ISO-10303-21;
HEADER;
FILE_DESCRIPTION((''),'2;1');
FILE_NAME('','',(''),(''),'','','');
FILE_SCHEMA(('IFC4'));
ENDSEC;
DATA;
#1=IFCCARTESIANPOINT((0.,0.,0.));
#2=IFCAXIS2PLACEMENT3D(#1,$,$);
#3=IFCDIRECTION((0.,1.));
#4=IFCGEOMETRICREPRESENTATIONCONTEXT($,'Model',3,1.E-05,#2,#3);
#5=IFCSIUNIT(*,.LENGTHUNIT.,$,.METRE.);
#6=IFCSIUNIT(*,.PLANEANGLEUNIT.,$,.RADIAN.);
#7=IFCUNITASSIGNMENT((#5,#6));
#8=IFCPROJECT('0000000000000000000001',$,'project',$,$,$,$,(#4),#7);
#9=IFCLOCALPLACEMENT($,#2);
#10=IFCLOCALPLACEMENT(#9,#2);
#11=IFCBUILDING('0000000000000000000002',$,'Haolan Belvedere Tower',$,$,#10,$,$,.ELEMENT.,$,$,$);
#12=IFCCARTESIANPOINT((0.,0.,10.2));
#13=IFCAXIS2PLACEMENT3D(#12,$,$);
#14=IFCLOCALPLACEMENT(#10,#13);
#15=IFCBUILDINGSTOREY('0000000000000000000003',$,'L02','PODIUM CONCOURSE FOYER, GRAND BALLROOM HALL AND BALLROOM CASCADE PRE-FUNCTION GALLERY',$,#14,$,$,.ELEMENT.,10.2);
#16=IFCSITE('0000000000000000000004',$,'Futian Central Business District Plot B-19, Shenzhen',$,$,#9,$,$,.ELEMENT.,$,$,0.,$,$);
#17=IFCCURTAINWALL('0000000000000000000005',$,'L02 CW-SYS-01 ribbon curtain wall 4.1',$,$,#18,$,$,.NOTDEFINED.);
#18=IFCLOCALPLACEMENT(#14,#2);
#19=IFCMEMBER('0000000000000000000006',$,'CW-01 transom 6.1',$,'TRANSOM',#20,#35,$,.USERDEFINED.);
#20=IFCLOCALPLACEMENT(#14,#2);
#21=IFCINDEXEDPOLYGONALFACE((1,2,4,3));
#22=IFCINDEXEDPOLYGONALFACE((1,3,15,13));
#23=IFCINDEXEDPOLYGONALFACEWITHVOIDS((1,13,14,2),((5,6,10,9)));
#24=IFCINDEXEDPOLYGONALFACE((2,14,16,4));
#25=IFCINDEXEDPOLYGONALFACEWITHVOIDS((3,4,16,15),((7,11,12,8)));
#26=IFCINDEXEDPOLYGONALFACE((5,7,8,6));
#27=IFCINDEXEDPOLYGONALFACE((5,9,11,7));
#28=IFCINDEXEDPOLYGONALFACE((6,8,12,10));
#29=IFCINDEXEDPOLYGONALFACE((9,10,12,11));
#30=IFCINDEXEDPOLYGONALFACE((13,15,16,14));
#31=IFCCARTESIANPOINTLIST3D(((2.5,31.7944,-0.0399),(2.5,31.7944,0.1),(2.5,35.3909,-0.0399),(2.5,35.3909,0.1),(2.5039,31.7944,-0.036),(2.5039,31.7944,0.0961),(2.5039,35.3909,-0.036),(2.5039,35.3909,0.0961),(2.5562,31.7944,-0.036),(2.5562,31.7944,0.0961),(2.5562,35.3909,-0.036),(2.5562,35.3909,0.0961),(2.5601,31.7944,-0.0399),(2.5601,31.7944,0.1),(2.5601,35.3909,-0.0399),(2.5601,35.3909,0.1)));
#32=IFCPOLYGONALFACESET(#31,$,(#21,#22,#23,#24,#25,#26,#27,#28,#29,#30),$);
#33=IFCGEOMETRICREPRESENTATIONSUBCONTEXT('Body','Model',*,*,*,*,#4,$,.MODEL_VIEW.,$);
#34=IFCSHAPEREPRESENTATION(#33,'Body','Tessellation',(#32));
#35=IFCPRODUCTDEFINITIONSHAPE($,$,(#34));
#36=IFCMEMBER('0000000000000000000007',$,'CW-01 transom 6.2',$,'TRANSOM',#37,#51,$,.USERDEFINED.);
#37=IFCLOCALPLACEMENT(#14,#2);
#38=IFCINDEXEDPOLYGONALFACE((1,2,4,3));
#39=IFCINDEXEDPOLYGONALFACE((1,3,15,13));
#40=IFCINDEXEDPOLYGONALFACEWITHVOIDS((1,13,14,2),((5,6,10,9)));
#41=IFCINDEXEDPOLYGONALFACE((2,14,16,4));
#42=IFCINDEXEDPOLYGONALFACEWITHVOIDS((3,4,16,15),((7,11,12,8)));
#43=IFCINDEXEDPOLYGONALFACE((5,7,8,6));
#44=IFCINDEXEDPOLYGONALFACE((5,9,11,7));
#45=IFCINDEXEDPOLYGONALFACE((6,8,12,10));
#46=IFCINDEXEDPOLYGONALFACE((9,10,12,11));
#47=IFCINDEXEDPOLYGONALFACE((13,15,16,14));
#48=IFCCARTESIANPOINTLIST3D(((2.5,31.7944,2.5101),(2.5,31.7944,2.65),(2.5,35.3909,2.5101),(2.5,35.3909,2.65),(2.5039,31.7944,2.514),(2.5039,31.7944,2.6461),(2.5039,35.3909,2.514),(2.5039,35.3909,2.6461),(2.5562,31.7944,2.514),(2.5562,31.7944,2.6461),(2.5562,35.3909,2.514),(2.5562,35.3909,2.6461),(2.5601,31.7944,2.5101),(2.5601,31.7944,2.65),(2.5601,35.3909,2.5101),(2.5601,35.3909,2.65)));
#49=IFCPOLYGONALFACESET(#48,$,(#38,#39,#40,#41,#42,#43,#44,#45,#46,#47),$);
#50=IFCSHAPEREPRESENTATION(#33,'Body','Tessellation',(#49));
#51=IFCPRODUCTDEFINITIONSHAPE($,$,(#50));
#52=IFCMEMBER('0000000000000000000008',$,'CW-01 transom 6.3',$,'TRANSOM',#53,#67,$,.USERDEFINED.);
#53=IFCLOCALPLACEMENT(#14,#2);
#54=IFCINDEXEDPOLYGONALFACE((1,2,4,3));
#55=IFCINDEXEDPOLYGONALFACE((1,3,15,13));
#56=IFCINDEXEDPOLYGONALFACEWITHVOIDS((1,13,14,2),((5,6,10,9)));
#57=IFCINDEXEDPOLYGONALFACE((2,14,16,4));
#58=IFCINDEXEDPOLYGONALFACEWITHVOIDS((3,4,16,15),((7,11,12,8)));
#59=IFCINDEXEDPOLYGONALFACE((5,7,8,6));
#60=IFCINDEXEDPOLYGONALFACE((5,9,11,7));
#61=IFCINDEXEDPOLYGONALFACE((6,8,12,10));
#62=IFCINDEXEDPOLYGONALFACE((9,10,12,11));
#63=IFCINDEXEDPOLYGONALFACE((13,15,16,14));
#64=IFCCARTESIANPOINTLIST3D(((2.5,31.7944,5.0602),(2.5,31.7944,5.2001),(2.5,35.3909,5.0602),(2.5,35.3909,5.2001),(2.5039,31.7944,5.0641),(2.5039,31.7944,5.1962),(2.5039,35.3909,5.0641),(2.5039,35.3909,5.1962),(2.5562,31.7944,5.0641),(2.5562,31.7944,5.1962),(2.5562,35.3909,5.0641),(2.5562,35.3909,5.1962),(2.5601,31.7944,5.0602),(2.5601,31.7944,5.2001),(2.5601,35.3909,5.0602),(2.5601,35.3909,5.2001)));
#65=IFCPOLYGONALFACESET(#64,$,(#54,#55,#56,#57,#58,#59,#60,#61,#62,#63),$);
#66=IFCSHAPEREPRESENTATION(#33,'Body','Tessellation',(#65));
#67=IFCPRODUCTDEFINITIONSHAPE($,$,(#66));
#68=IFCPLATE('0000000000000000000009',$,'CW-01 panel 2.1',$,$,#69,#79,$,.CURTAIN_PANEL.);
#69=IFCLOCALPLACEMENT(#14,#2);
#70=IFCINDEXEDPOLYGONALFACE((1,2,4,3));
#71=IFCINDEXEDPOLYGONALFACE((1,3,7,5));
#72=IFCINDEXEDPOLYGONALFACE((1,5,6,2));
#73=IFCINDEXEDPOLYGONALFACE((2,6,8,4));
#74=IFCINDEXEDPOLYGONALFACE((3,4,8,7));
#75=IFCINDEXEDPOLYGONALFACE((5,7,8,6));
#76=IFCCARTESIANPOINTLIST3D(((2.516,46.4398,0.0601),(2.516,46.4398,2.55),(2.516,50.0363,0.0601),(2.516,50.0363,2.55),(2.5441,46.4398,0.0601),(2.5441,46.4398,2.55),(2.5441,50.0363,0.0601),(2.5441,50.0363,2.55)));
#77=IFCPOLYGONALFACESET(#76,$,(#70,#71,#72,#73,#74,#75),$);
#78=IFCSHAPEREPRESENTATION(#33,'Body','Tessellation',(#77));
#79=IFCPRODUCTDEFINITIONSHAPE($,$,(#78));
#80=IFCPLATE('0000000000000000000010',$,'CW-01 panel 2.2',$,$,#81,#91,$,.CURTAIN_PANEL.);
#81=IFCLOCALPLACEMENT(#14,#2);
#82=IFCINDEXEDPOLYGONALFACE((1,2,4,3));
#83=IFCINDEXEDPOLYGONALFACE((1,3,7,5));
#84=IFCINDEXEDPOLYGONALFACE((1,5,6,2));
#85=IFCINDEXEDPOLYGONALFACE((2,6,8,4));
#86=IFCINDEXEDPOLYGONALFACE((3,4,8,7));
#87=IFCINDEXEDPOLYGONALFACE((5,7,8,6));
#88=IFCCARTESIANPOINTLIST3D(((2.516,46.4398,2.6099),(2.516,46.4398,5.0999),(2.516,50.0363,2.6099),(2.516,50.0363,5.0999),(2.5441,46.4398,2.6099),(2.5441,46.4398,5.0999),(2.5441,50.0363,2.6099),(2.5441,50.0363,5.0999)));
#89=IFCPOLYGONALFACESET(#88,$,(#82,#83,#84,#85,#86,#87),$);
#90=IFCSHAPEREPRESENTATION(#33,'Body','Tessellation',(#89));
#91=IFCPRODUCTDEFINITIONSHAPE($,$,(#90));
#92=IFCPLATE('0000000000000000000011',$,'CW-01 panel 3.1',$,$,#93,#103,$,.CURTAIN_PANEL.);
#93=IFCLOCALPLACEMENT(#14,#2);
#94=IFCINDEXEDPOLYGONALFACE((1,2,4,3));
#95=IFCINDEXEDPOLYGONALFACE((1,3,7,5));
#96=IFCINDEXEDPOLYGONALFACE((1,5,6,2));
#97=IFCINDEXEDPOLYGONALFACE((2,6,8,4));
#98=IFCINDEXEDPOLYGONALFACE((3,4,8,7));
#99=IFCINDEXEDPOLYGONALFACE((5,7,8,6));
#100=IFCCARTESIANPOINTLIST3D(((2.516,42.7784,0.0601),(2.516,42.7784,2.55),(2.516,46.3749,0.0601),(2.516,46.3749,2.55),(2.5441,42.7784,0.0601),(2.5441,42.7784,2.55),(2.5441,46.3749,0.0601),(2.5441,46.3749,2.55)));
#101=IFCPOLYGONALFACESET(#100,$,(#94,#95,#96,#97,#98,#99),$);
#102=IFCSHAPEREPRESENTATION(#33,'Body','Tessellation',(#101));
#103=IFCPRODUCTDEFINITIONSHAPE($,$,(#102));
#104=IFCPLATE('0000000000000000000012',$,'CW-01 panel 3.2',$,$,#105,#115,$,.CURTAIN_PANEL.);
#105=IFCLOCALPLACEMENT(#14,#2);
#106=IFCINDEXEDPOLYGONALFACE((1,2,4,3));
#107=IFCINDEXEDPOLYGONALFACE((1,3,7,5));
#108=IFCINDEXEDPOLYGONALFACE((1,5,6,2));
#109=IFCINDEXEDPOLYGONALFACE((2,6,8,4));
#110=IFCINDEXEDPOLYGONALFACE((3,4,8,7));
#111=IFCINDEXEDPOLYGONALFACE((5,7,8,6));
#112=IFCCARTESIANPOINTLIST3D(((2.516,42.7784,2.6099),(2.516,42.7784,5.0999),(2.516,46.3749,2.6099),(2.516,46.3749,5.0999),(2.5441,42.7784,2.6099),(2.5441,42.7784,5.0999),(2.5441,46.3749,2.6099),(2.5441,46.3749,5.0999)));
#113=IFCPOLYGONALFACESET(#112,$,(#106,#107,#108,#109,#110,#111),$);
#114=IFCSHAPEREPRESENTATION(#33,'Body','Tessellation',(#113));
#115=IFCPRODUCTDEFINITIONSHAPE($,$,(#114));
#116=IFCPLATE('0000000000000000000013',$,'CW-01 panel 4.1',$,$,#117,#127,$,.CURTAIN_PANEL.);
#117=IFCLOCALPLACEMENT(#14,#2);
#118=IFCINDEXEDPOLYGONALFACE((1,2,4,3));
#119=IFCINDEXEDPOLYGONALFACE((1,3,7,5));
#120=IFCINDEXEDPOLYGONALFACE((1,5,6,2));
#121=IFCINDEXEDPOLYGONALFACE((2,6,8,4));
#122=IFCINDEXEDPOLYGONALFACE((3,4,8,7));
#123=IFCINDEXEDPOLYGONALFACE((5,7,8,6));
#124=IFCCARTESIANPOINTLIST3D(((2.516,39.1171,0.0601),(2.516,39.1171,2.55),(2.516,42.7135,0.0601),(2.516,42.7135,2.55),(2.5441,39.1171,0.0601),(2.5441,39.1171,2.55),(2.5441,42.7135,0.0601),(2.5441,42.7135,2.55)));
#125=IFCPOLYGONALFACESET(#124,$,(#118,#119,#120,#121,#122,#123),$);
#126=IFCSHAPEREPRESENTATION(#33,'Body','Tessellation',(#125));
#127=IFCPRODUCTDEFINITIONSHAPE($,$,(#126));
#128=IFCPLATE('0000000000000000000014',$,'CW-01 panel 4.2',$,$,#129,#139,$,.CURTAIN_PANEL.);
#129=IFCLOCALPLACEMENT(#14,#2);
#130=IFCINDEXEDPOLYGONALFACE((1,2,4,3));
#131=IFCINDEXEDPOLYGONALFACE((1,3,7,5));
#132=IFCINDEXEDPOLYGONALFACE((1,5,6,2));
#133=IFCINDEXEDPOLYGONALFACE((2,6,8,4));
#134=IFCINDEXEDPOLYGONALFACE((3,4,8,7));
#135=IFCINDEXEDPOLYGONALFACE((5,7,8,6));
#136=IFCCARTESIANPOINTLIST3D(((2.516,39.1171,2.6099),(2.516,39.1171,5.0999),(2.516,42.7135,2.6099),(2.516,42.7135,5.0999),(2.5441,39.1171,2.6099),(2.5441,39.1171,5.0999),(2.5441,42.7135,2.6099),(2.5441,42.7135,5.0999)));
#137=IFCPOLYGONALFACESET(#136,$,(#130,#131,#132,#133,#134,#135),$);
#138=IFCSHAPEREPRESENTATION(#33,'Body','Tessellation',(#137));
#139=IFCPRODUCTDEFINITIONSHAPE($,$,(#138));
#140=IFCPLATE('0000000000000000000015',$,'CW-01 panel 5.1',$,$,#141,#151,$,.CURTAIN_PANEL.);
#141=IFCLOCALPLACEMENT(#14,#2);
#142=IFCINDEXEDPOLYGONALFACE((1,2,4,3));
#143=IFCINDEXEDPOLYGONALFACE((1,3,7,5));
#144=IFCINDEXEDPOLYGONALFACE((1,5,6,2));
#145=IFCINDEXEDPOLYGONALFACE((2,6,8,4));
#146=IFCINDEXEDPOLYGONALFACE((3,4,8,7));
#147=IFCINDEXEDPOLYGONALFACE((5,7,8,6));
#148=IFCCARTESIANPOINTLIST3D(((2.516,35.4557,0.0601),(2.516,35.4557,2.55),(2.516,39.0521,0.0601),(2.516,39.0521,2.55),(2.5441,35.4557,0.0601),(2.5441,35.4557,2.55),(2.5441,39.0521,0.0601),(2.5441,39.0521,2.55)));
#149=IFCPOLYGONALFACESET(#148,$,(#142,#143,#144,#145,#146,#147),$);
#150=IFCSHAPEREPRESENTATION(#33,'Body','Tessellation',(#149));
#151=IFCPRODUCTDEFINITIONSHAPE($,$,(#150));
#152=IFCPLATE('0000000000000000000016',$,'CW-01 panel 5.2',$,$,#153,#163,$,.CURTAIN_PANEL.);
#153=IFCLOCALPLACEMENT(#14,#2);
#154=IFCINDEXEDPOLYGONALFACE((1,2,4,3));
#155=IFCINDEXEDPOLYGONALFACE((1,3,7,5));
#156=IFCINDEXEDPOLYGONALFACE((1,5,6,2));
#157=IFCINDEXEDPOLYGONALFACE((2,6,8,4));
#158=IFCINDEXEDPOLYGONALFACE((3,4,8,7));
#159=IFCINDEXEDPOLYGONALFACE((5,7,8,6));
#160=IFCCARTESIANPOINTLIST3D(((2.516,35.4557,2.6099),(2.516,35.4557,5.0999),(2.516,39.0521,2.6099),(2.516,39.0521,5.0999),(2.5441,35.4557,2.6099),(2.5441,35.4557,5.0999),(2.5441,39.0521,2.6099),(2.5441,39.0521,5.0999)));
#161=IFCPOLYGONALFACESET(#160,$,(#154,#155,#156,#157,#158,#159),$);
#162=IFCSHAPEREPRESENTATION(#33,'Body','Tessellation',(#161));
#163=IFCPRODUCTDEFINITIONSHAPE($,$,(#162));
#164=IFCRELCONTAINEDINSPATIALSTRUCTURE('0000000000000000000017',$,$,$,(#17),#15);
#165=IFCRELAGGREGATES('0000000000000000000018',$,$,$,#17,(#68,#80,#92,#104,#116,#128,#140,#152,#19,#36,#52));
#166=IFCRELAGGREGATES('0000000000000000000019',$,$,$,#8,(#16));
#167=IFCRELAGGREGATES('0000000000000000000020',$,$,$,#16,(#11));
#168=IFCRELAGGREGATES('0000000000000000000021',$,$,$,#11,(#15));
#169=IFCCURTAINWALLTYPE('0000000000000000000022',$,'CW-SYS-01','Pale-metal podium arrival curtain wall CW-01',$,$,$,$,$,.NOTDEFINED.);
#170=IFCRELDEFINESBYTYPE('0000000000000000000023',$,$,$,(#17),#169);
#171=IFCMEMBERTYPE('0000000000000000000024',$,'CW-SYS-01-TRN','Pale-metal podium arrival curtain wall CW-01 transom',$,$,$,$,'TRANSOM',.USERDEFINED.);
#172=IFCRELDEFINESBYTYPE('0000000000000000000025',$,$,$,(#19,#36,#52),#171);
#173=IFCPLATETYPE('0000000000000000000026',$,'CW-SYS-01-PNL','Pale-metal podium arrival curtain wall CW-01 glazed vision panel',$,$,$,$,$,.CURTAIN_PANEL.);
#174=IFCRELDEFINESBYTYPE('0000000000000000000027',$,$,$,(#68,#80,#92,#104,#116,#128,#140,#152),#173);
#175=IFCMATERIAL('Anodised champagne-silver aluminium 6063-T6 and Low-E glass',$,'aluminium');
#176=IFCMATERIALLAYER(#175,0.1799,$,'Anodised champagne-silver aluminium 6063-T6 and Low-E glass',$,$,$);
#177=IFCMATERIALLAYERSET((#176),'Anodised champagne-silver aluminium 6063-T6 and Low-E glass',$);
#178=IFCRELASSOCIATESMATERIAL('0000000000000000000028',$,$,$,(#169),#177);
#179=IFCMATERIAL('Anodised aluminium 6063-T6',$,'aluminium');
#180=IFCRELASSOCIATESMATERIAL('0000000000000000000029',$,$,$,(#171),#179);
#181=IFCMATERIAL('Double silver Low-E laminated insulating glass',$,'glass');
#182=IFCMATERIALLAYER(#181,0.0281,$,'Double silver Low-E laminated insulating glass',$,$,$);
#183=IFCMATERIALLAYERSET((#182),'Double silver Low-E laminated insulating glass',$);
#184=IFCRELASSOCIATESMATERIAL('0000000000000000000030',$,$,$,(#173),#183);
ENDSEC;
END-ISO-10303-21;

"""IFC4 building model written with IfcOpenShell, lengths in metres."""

from ifc_helpers import new_model, si_unit, direction, frame, origin, origin_2d, place, context, subcontext, project, spatial, rectangle, hollow_rectangle, extrude, material, layer, layer_set, material_profile, profile_set, type_object, element, aggregate, save


model = new_model("IFC4")

# Units and contexts
model_context = context("Model", 3, precision=1e-05, world=origin(), true_north=direction((0.0, 1.0)))
body_context = subcontext(model_context, "Body", "Model", "MODEL_VIEW")
ifc_project = project(units=[si_unit("LENGTHUNIT", "METRE"), si_unit("PLANEANGLEUNIT", "RADIAN")], contexts=[model_context])

# Site, building, storey
site_placement = place(None, origin())
site = spatial("IfcSite", under=ifc_project, at=site_placement, Name="Futian Central Business District Plot B-19, Shenzhen", CompositionType="ELEMENT", RefElevation=0.0)
building_placement = place(site_placement, origin())
building = spatial("IfcBuilding", under=site, at=building_placement, Name="Haolan Belvedere Tower", CompositionType="ELEMENT")
storey_placement = place(building_placement, frame((0.0, 0.0, 10.2)))
storey = spatial("IfcBuildingStorey", under=building, at=storey_placement, Name="L02", Description="PODIUM CONCOURSE FOYER, GRAND BALLROOM HALL AND BALLROOM CASCADE PRE-FUNCTION GALLERY", CompositionType="ELEMENT", Elevation=10.2)

# Curtain wall, members, plates
ifc_material_1 = material(Name="Anodised champagne-silver aluminium 6063-T6 and Low-E glass", Category="aluminium")
ifc_layer_1 = layer(ifc_material_1, 0.1799, Name="Anodised champagne-silver aluminium 6063-T6 and Low-E glass")
ifc_layer_set_1 = layer_set([ifc_layer_1], Name="Anodised champagne-silver aluminium 6063-T6 and Low-E glass")
curtain_wall_type = type_object("IfcCurtainWallType", Name="CW-SYS-01", Description="Pale-metal podium arrival curtain wall CW-01", PredefinedType="NOTDEFINED", material=ifc_layer_set_1)
curtain_wall_placement = place(storey_placement, origin())
curtain_wall = element("IfcCurtainWall", 1, at=curtain_wall_placement, inside=storey, type_object=curtain_wall_type, Name="L02 CW-SYS-01 ribbon curtain wall 4.1", PredefinedType="NOTDEFINED")
ifc_material_2 = material(Name="Anodised aluminium 6063-T6", Category="aluminium")
ifc_material_profile_1 = material_profile(ifc_material_2, hollow_rectangle(XDim=0.0601, YDim=0.1399, WallThickness=0.0039, at=origin_2d()), Name="Anodised aluminium 6063-T6")
ifc_profile_set_1 = profile_set([ifc_material_profile_1], Name="Anodised aluminium 6063-T6")
member_type_1 = type_object("IfcMemberType", Name="CW-SYS-01-TRN", Description="Pale-metal podium arrival curtain wall CW-01 transom", ElementType="TRANSOM", PredefinedType="USERDEFINED", material=ifc_profile_set_1)
member_1_placement = place(storey_placement, frame((2.53, 35.3909, 0.03), z_axis=(0.0, -1.0, 0.0), x_axis=(1.0, 0.0, 0.0)))
member_1 = element("IfcMember", 2, at=member_1_placement, type_object=member_type_1, Name="CW-01 transom 6.1", ObjectType="TRANSOM", PredefinedType="USERDEFINED", context=body_context, shape_type="SweptSolid", body=[
    extrude(hollow_rectangle(XDim=0.0601, YDim=0.1399, WallThickness=0.0039, at=origin_2d()), origin(), (0.0, 0.0, 1.0), 3.5964),
])
member_2_placement = place(storey_placement, frame((2.53, 35.3909, 2.5801), z_axis=(0.0, -1.0, 0.0), x_axis=(1.0, 0.0, 0.0)))
member_2 = element("IfcMember", 3, at=member_2_placement, type_object=member_type_1, Name="CW-01 transom 6.2", ObjectType="TRANSOM", PredefinedType="USERDEFINED", context=body_context, shape_type="SweptSolid", body=[
    extrude(hollow_rectangle(XDim=0.0601, YDim=0.1399, WallThickness=0.0039, at=origin_2d()), origin(), (0.0, 0.0, 1.0), 3.5964),
])
member_3_placement = place(storey_placement, frame((2.53, 35.3909, 5.1301), z_axis=(0.0, -1.0, 0.0), x_axis=(1.0, 0.0, 0.0)))
member_3 = element("IfcMember", 4, at=member_3_placement, type_object=member_type_1, Name="CW-01 transom 6.3", ObjectType="TRANSOM", PredefinedType="USERDEFINED", context=body_context, shape_type="SweptSolid", body=[
    extrude(hollow_rectangle(XDim=0.0601, YDim=0.1399, WallThickness=0.0039, at=origin_2d()), origin(), (0.0, 0.0, 1.0), 3.5964),
])
ifc_material_3 = material(Name="Double silver Low-E laminated insulating glass", Category="glass")
ifc_layer_2 = layer(ifc_material_3, 0.0281, Name="Double silver Low-E laminated insulating glass")
ifc_layer_set_2 = layer_set([ifc_layer_2], Name="Double silver Low-E laminated insulating glass")
plate_type = type_object("IfcPlateType", Name="CW-SYS-01-PNL", Description="Pale-metal podium arrival curtain wall CW-01 glazed vision panel", PredefinedType="CURTAIN_PANEL", material=ifc_layer_set_2)
plate_1_placement = place(storey_placement, frame((2.53, 48.238, 0.0601), z_axis=(0.0, 0.0, 1.0), x_axis=(0.0, -1.0, 0.0)))
plate_1 = element("IfcPlate", 5, at=plate_1_placement, type_object=plate_type, Name="CW-01 panel 2.1", PredefinedType="CURTAIN_PANEL", context=body_context, shape_type="SweptSolid", body=[
    extrude(rectangle(XDim=3.5964, YDim=0.0281, at=origin_2d()), origin(), (0.0, 0.0, 1.0), 2.49),
])
plate_2_placement = place(storey_placement, frame((2.53, 48.238, 2.6099), z_axis=(0.0, 0.0, 1.0), x_axis=(0.0, -1.0, 0.0)))
plate_2 = element("IfcPlate", 6, at=plate_2_placement, type_object=plate_type, Name="CW-01 panel 2.2", PredefinedType="CURTAIN_PANEL", context=body_context, shape_type="SweptSolid", body=[
    extrude(rectangle(XDim=3.5964, YDim=0.0281, at=origin_2d()), origin(), (0.0, 0.0, 1.0), 2.49),
])
plate_3_placement = place(storey_placement, frame((2.53, 44.5767, 0.0601), z_axis=(0.0, 0.0, 1.0), x_axis=(0.0, -1.0, 0.0)))
plate_3 = element("IfcPlate", 7, at=plate_3_placement, type_object=plate_type, Name="CW-01 panel 3.1", PredefinedType="CURTAIN_PANEL", context=body_context, shape_type="SweptSolid", body=[
    extrude(rectangle(XDim=3.5964, YDim=0.0281, at=origin_2d()), origin(), (0.0, 0.0, 1.0), 2.49),
])
plate_4_placement = place(storey_placement, frame((2.53, 44.5767, 2.6099), z_axis=(0.0, 0.0, 1.0), x_axis=(0.0, -1.0, 0.0)))
plate_4 = element("IfcPlate", 8, at=plate_4_placement, type_object=plate_type, Name="CW-01 panel 3.2", PredefinedType="CURTAIN_PANEL", context=body_context, shape_type="SweptSolid", body=[
    extrude(rectangle(XDim=3.5964, YDim=0.0281, at=origin_2d()), origin(), (0.0, 0.0, 1.0), 2.49),
])
plate_5_placement = place(storey_placement, frame((2.53, 40.9153, 0.0601), z_axis=(0.0, 0.0, 1.0), x_axis=(0.0, -1.0, 0.0)))
plate_5 = element("IfcPlate", 9, at=plate_5_placement, type_object=plate_type, Name="CW-01 panel 4.1", PredefinedType="CURTAIN_PANEL", context=body_context, shape_type="SweptSolid", body=[
    extrude(rectangle(XDim=3.5964, YDim=0.0281, at=origin_2d()), origin(), (0.0, 0.0, 1.0), 2.49),
])
plate_6_placement = place(storey_placement, frame((2.53, 40.9153, 2.6099), z_axis=(0.0, 0.0, 1.0), x_axis=(0.0, -1.0, 0.0)))
plate_6 = element("IfcPlate", 10, at=plate_6_placement, type_object=plate_type, Name="CW-01 panel 4.2", PredefinedType="CURTAIN_PANEL", context=body_context, shape_type="SweptSolid", body=[
    extrude(rectangle(XDim=3.5964, YDim=0.0281, at=origin_2d()), origin(), (0.0, 0.0, 1.0), 2.49),
])
plate_7_placement = place(storey_placement, frame((2.53, 37.2539, 0.0601), z_axis=(0.0, 0.0, 1.0), x_axis=(0.0, -1.0, 0.0)))
plate_7 = element("IfcPlate", 11, at=plate_7_placement, type_object=plate_type, Name="CW-01 panel 5.1", PredefinedType="CURTAIN_PANEL", context=body_context, shape_type="SweptSolid", body=[
    extrude(rectangle(XDim=3.5964, YDim=0.0281, at=origin_2d()), origin(), (0.0, 0.0, 1.0), 2.49),
])
plate_8_placement = place(storey_placement, frame((2.53, 37.2539, 2.6099), z_axis=(0.0, 0.0, 1.0), x_axis=(0.0, -1.0, 0.0)))
plate_8 = element("IfcPlate", 12, at=plate_8_placement, type_object=plate_type, Name="CW-01 panel 5.2", PredefinedType="CURTAIN_PANEL", context=body_context, shape_type="SweptSolid", body=[
    extrude(rectangle(XDim=3.5964, YDim=0.0281, at=origin_2d()), origin(), (0.0, 0.0, 1.0), 2.49),
])
aggregate(curtain_wall, [plate_1, plate_2, plate_3, plate_4, plate_5, plate_6, plate_7, plate_8, member_1, member_2, member_3])

save(model, "model.ifc")
